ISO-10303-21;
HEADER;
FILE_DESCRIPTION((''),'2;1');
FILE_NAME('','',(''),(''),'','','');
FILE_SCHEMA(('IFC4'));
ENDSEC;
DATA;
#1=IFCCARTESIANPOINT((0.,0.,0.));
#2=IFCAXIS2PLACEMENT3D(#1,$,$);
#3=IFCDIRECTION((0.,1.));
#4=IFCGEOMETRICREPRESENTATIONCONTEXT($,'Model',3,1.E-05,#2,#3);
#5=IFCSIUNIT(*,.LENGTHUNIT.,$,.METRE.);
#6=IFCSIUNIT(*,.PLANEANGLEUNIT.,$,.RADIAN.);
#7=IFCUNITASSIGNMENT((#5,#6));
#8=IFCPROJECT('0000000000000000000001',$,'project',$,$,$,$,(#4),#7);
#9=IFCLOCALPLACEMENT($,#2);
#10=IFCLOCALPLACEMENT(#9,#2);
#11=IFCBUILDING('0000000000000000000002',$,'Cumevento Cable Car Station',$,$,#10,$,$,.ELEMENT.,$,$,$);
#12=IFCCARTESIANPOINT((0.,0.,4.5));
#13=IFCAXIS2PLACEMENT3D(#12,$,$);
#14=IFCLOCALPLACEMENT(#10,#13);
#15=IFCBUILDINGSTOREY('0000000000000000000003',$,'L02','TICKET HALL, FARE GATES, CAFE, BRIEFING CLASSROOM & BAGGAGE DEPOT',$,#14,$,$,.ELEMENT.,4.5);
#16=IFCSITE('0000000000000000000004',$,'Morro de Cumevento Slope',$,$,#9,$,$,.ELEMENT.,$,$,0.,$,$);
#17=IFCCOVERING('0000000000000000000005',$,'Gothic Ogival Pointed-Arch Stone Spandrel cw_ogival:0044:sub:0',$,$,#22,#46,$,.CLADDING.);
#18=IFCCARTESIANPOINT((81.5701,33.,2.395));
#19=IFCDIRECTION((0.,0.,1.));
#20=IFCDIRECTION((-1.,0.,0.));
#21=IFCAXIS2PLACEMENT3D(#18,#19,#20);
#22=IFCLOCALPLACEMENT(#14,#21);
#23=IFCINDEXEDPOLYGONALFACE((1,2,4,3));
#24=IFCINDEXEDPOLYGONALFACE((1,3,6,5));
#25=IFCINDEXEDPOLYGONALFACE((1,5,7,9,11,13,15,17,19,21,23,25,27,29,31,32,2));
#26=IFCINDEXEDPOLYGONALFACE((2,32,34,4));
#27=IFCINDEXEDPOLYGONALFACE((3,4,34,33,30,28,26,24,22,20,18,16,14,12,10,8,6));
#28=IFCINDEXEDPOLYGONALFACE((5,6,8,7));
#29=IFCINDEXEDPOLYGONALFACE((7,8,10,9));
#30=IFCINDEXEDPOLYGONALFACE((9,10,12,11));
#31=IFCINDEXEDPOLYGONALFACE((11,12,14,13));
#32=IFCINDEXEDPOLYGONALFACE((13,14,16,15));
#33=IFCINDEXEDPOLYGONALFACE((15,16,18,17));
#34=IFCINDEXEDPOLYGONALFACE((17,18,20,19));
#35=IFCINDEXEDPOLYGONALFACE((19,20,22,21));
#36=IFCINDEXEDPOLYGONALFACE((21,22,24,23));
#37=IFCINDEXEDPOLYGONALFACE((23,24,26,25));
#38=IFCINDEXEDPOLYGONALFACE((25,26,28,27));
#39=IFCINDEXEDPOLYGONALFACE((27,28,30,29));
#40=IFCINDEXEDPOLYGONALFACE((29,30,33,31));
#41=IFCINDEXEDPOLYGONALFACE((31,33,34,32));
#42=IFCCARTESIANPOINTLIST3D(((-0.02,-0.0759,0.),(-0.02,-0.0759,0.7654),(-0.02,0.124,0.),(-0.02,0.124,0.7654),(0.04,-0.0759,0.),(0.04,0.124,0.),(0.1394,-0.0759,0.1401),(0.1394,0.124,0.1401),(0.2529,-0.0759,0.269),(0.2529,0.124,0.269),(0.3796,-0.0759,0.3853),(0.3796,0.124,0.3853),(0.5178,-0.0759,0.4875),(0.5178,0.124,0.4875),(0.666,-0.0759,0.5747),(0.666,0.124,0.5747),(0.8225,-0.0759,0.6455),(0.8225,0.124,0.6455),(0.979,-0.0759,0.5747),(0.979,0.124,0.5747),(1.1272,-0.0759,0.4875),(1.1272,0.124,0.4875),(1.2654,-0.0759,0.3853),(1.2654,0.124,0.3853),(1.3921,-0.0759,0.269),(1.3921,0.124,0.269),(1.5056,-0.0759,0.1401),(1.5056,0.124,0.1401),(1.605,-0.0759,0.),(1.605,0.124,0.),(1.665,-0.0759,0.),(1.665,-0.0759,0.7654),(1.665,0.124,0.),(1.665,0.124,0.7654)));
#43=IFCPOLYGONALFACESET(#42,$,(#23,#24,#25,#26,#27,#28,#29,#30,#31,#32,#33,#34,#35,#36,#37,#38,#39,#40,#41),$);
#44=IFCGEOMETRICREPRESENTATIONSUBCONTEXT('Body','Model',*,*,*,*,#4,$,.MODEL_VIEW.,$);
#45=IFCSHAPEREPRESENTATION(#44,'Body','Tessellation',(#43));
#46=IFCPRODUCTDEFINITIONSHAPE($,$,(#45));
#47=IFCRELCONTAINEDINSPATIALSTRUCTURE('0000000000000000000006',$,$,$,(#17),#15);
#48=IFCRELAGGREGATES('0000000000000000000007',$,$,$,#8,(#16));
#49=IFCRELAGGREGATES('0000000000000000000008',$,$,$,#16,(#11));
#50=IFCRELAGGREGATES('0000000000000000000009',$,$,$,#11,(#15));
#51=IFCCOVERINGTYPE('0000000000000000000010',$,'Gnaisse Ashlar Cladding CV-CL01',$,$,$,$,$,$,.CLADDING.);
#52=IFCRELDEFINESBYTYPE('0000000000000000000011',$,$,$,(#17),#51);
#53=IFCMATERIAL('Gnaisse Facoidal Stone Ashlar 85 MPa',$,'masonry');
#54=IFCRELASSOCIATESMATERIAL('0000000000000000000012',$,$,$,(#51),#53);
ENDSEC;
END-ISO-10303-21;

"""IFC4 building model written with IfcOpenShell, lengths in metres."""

from ifc_helpers import new_model, si_unit, direction, frame, origin, place, context, subcontext, project, spatial, polyline, outline, extrude, material, type_object, element, save


model = new_model("IFC4")

# Units and contexts
model_context = context("Model", 3, precision=1e-05, world=origin(), true_north=direction((0.0, 1.0)))
body_context = subcontext(model_context, "Body", "Model", "MODEL_VIEW")
ifc_project = project(units=[si_unit("LENGTHUNIT", "METRE"), si_unit("PLANEANGLEUNIT", "RADIAN")], contexts=[model_context])

# Site, building, storey
site_placement = place(None, origin())
site = spatial("IfcSite", under=ifc_project, at=site_placement, Name="Morro de Cumevento Slope", CompositionType="ELEMENT", RefElevation=0.0)
building_placement = place(site_placement, origin())
building = spatial("IfcBuilding", under=site, at=building_placement, Name="Cumevento Cable Car Station", CompositionType="ELEMENT")
storey_placement = place(building_placement, frame((0.0, 0.0, 4.5)))
storey = spatial("IfcBuildingStorey", under=building, at=storey_placement, Name="L02", Description="TICKET HALL, FARE GATES, CAFE, BRIEFING CLASSROOM & BAGGAGE DEPOT", CompositionType="ELEMENT", Elevation=4.5)

# Covering
ifc_material_1 = material(Name="Gnaisse Facoidal Stone Ashlar 85 MPa", Category="masonry")
covering_type = type_object("IfcCoveringType", Name="Gnaisse Ashlar Cladding CV-CL01", PredefinedType="CLADDING", material=ifc_material_1)
covering_placement = place(storey_placement, frame((81.5701, 33.0, 2.395), z_axis=(0.0, 0.0, 1.0), x_axis=(-1.0, 0.0, 0.0)))
element("IfcCovering", 1, at=covering_placement, inside=storey, type_object=covering_type, Name="Gothic Ogival Pointed-Arch Stone Spandrel cw_ogival:0044:sub:0", PredefinedType="CLADDING", context=body_context, shape_type="SweptSolid", body=[
    extrude(outline(polyline([(-0.02, 0.0), (-0.02, 0.7654), (1.665, 0.7654), (1.665, 0.0), (1.605, 0.0), (1.5056, 0.1401), (1.3921, 0.269), (1.2654, 0.3853), (1.1272, 0.4875), (0.979, 0.5747), (0.8225, 0.6455), (0.666, 0.5747), (0.5178, 0.4875), (0.3796, 0.3853), (0.2529, 0.269), (0.1394, 0.1401), (0.04, 0.0), (-0.02, 0.0)])), frame((0.0, 0.124, 0.0), z_axis=(0.0, -1.0, 0.0), x_axis=(1.0, 0.0, 0.0)), (0.0, 0.0, 1.0), 0.2),
])

save(model, "model.ifc")
